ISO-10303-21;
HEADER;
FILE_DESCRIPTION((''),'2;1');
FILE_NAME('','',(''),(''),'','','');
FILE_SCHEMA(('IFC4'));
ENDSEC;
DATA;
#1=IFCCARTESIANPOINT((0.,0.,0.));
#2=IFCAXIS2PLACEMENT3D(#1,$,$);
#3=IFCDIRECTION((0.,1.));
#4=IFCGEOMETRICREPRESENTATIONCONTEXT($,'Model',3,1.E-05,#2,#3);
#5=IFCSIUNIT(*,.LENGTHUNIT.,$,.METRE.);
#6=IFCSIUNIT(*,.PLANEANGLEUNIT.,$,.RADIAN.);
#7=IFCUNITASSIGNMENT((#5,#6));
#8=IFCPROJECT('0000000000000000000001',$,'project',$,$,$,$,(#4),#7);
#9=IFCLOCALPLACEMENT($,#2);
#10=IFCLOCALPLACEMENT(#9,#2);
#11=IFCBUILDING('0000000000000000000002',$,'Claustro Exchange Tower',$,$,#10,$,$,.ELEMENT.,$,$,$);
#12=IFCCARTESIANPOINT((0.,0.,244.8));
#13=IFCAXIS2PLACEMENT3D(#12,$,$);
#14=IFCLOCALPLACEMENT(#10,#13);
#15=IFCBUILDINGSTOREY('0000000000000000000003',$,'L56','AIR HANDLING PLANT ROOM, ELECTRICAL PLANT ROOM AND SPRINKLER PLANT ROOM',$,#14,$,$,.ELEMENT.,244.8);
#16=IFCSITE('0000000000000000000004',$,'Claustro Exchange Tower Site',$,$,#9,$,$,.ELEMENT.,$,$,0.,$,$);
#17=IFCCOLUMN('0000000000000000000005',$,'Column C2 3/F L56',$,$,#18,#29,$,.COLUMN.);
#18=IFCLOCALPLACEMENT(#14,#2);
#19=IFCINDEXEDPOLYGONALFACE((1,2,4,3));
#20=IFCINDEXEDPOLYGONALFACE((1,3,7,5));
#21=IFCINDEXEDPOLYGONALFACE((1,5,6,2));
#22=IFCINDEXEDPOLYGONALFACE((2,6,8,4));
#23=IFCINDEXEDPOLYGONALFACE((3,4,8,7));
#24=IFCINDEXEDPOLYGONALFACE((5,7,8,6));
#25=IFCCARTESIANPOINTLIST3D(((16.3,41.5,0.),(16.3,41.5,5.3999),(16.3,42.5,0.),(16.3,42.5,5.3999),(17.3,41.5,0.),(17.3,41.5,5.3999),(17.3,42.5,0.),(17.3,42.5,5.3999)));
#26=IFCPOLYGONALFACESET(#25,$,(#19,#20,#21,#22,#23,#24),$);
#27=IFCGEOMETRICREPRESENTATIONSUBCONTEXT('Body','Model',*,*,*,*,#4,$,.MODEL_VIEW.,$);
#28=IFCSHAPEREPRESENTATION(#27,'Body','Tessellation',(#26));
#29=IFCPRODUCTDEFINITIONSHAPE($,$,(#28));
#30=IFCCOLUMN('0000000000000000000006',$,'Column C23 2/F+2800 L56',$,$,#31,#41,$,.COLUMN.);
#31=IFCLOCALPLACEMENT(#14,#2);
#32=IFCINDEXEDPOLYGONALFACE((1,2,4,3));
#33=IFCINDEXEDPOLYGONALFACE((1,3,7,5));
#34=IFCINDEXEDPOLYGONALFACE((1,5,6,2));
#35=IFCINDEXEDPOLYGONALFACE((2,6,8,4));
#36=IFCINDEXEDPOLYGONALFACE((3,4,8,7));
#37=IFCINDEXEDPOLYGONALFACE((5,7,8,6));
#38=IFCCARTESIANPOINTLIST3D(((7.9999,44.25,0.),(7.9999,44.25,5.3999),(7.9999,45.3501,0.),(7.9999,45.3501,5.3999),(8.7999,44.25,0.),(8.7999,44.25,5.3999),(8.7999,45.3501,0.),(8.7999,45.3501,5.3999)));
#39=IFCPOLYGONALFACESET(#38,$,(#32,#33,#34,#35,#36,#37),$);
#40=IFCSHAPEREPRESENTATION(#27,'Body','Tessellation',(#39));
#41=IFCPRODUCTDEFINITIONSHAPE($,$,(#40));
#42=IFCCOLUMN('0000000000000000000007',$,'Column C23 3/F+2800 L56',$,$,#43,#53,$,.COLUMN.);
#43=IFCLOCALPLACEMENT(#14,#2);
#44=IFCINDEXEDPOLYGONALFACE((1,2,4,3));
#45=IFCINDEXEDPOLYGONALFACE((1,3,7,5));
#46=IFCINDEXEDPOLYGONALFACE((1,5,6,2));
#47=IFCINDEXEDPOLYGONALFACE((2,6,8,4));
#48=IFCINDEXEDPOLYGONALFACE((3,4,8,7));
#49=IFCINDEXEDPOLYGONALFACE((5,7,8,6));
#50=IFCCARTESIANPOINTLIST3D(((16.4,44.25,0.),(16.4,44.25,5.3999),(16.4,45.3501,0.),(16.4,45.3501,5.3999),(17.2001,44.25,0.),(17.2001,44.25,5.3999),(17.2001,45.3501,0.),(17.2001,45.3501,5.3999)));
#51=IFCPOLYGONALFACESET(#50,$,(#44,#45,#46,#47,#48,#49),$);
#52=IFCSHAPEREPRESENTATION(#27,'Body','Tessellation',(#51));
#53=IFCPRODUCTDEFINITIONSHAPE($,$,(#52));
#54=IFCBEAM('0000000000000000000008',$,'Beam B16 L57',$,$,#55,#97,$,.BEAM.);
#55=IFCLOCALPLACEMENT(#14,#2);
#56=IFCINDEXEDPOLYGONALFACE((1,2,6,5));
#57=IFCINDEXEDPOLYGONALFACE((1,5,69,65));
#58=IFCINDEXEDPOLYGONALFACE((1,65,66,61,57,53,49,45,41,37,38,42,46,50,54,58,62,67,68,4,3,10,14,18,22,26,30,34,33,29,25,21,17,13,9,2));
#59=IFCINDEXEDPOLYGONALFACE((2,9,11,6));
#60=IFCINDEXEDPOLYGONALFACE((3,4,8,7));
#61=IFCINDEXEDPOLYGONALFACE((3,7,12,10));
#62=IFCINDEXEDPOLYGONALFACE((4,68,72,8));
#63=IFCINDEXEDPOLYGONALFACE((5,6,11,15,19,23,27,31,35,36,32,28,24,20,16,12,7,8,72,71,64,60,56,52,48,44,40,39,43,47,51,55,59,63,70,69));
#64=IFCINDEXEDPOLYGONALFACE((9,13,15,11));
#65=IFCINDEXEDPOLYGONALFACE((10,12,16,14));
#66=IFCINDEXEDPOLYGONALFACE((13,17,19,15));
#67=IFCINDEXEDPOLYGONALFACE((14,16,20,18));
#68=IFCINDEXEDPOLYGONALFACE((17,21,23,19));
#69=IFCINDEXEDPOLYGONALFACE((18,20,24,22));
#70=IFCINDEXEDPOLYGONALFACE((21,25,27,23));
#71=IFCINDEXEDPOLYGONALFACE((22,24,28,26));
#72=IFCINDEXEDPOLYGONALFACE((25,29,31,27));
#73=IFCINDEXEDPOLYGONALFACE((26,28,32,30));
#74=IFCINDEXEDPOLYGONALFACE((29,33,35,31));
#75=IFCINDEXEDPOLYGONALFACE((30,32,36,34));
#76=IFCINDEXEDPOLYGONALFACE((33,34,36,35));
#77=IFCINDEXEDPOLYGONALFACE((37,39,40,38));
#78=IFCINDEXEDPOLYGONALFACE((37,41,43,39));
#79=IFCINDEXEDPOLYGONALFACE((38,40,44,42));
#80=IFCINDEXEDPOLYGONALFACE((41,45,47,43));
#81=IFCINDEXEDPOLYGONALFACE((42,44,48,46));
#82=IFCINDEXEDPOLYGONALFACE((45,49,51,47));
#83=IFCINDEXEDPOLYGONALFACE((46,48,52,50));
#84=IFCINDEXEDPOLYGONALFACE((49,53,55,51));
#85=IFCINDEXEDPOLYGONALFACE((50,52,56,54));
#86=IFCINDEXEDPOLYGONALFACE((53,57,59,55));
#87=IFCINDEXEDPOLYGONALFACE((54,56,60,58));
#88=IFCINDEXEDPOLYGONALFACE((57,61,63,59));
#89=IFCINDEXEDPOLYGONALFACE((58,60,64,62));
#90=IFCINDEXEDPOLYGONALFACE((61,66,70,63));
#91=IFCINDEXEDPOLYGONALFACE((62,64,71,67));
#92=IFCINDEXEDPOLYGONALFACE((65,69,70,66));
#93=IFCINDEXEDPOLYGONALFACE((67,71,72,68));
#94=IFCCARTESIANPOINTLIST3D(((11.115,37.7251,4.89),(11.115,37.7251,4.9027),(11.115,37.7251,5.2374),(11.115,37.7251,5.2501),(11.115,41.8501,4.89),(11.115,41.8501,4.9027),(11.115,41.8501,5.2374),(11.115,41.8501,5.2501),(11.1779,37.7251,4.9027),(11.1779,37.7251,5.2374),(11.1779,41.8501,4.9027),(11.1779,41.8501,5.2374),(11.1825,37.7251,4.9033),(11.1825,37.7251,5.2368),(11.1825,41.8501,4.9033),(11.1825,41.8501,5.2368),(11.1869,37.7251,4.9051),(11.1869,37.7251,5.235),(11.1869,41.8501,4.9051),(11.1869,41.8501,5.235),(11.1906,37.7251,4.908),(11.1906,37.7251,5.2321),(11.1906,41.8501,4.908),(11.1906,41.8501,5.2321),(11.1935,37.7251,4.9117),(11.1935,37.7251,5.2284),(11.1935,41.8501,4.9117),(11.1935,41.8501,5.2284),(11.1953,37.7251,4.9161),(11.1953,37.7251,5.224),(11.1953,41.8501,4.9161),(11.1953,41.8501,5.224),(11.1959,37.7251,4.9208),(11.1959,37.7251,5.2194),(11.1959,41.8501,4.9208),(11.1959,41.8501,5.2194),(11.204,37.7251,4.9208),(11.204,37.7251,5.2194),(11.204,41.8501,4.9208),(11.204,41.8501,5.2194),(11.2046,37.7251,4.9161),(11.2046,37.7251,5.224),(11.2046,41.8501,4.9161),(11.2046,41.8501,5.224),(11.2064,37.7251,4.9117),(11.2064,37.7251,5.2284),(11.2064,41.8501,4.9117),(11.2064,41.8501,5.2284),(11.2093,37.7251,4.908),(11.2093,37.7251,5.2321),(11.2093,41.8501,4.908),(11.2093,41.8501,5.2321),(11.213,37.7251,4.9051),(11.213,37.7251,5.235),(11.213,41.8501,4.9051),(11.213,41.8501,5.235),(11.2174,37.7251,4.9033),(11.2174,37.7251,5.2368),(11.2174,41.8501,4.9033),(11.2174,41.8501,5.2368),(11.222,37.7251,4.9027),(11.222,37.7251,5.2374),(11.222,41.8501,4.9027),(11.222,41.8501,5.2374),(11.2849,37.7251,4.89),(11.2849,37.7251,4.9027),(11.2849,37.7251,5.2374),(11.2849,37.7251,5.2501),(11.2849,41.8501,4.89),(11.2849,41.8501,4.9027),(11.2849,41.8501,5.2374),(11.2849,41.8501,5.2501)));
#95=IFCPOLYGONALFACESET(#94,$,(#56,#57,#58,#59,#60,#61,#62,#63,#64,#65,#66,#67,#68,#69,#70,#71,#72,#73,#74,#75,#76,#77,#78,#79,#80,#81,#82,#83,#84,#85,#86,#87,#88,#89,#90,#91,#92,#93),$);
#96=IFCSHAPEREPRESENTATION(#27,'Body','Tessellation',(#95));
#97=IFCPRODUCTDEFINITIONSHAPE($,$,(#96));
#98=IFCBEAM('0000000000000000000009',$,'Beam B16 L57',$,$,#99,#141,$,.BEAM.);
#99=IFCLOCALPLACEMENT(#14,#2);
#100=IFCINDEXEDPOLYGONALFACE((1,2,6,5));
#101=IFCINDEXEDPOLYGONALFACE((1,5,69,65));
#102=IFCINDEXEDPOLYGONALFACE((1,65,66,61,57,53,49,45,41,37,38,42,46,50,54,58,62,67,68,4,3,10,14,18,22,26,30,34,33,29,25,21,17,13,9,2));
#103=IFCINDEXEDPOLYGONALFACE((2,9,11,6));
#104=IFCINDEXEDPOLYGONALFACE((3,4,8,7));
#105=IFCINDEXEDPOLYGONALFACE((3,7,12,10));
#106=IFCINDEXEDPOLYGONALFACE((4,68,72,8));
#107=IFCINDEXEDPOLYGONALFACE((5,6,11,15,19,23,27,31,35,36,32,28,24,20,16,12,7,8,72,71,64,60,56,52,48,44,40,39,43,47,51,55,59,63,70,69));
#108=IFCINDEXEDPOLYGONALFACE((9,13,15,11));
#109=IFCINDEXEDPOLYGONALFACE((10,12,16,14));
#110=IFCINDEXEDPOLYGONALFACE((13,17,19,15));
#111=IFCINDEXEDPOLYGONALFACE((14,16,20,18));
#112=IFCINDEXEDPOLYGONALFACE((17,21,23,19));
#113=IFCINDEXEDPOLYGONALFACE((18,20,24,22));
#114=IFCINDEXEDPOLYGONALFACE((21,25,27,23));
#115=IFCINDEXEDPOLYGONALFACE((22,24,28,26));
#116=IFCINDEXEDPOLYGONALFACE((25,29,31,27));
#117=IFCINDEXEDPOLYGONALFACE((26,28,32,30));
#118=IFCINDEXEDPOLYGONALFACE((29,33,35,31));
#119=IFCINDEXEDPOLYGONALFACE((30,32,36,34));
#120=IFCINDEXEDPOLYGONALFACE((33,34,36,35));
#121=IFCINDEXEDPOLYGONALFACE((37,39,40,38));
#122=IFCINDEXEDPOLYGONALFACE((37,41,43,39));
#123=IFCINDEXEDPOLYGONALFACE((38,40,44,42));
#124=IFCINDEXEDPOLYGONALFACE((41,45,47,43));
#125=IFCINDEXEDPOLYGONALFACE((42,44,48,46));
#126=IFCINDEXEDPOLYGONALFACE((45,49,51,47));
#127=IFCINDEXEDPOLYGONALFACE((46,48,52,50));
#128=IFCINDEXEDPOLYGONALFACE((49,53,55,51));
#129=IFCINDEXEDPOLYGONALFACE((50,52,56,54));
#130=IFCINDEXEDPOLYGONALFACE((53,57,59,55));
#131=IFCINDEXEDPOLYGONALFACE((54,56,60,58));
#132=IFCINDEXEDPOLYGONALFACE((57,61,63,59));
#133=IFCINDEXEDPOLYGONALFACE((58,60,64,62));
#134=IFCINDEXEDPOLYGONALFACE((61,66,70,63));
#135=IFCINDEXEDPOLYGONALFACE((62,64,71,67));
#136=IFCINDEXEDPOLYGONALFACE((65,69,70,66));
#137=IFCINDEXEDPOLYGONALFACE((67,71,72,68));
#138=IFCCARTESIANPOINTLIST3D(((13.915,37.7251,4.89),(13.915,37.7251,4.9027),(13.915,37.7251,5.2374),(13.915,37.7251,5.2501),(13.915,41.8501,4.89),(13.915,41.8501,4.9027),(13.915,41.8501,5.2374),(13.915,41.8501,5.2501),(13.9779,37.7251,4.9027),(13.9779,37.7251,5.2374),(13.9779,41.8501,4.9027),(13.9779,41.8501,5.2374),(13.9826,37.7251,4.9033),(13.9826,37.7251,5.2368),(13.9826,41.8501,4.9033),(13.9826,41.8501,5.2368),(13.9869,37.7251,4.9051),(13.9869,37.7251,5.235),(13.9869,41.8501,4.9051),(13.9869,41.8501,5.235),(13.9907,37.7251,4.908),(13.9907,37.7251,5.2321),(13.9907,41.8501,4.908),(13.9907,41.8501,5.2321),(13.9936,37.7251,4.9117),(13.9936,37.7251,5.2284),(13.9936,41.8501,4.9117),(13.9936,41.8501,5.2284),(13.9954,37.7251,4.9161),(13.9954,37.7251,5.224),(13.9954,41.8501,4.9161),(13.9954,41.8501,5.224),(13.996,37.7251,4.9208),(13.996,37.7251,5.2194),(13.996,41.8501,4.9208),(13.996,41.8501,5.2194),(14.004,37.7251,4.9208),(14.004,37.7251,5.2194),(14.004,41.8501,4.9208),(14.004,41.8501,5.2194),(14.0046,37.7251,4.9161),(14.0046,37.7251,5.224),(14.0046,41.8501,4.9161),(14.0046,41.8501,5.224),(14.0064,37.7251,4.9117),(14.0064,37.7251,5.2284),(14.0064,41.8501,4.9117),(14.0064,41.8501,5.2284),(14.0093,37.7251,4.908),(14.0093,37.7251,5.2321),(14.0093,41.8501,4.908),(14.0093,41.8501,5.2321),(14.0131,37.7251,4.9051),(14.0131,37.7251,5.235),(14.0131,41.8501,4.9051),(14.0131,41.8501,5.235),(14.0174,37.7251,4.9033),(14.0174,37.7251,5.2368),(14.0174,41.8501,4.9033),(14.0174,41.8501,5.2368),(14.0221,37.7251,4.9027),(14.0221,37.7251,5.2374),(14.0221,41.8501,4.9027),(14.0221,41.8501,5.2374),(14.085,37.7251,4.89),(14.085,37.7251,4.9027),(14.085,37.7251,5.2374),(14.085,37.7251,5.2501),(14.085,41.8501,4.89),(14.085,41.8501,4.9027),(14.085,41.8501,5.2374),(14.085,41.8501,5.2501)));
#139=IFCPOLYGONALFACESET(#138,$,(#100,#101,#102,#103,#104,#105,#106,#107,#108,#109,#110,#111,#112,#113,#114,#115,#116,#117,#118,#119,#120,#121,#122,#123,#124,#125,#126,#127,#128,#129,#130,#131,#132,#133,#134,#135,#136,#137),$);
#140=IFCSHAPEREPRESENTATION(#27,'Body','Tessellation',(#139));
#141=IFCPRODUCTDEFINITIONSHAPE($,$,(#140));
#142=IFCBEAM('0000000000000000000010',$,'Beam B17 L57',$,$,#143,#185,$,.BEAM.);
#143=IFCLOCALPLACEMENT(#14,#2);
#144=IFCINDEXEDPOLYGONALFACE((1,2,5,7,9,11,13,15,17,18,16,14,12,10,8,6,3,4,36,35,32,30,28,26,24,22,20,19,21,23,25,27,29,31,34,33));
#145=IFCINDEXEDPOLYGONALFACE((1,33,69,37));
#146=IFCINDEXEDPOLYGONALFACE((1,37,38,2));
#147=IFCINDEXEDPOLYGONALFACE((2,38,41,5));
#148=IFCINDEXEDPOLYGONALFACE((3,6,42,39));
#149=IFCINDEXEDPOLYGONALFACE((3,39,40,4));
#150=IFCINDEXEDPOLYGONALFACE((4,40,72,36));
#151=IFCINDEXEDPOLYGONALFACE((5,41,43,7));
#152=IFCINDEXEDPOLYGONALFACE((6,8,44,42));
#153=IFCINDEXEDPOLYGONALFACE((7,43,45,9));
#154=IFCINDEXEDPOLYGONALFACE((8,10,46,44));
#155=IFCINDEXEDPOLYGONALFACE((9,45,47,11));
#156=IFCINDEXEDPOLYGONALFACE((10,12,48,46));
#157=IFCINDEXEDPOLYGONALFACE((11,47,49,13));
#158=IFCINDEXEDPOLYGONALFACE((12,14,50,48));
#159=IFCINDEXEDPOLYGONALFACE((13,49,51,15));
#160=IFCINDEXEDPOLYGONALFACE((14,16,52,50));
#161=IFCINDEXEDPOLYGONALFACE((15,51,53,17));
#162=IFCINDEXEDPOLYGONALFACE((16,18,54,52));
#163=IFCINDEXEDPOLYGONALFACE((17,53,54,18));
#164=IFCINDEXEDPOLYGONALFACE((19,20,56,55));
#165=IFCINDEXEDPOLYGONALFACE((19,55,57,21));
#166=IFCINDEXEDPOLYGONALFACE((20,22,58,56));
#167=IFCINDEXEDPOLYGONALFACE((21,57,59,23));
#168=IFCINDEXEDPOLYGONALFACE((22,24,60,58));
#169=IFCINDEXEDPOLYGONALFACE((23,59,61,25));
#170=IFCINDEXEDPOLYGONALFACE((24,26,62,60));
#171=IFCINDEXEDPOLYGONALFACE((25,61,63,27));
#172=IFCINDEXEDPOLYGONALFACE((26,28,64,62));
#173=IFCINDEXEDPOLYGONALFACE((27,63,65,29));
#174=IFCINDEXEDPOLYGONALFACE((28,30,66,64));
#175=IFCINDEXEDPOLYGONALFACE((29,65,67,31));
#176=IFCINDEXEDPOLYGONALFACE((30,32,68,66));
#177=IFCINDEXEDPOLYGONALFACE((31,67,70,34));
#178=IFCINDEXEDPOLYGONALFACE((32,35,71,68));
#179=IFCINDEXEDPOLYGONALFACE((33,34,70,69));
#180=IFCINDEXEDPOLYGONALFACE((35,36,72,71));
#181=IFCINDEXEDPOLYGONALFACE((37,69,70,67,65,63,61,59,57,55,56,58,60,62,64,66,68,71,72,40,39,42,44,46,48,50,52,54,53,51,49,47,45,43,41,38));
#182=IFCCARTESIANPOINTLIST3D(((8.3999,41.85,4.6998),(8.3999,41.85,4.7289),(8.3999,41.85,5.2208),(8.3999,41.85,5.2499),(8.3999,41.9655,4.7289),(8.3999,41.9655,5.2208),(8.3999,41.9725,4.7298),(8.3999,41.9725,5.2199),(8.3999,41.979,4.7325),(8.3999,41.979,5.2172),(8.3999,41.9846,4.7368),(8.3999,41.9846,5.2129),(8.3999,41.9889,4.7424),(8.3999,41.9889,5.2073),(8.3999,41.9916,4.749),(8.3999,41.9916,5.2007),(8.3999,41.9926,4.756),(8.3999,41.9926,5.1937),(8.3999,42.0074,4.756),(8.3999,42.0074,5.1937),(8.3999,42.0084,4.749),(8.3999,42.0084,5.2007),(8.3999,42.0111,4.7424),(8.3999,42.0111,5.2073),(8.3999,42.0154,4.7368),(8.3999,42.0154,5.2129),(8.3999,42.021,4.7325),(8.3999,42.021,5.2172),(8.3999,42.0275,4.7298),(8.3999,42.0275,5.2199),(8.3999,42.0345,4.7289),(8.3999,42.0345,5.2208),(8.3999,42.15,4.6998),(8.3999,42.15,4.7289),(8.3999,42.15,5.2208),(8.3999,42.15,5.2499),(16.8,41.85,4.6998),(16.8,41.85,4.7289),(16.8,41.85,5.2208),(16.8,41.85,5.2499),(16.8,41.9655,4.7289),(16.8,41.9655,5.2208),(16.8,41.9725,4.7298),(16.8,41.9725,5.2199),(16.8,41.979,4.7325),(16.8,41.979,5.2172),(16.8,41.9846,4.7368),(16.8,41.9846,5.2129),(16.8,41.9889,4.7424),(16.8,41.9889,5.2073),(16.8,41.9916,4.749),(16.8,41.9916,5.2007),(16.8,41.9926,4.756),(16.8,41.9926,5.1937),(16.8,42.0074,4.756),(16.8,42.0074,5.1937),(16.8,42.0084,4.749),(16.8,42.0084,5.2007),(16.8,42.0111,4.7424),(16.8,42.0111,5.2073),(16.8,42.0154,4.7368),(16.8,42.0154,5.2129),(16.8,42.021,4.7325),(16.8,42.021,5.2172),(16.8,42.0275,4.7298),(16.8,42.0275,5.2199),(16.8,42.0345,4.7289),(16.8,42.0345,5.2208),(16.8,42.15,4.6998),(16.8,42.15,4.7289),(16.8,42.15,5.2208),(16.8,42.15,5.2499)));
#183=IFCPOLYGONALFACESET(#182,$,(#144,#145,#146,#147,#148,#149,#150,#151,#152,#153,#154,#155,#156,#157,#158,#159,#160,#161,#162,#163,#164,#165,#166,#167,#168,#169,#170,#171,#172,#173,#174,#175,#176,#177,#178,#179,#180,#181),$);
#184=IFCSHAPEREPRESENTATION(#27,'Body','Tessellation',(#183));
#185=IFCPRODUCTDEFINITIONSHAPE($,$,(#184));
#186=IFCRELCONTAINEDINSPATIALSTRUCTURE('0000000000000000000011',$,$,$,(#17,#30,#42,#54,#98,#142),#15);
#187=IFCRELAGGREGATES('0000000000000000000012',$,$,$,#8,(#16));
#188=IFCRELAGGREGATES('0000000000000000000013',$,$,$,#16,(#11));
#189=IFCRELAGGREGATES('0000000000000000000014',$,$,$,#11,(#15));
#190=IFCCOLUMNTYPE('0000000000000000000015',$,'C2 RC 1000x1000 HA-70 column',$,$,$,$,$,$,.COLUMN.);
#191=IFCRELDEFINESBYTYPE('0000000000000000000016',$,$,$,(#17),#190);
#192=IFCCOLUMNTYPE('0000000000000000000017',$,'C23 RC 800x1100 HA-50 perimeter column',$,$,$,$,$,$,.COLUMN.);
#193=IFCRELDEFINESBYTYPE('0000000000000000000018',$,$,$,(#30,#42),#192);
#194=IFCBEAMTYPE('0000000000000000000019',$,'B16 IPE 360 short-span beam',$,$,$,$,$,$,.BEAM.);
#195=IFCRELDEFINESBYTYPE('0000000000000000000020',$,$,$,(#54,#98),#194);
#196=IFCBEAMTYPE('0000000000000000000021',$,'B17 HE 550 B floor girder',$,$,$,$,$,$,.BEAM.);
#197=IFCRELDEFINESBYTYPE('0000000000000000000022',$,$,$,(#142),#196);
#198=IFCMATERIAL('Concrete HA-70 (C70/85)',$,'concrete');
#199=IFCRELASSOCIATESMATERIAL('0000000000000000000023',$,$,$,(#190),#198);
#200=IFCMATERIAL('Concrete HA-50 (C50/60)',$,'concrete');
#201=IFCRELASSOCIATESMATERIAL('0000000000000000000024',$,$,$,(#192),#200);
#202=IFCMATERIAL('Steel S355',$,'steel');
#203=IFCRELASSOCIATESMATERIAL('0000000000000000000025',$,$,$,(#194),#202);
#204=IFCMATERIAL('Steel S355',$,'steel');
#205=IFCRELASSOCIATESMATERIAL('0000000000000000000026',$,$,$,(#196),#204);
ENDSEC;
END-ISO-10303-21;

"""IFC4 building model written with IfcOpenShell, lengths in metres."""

from ifc_helpers import new_model, si_unit, direction, frame, origin, origin_2d, place, context, subcontext, project, spatial, rectangle, i_section, extrude, material, material_profile, profile_set, type_object, element, save


model = new_model("IFC4")

# Units and contexts
model_context = context("Model", 3, precision=1e-05, world=origin(), true_north=direction((0.0, 1.0)))
body_context = subcontext(model_context, "Body", "Model", "MODEL_VIEW")
ifc_project = project(units=[si_unit("LENGTHUNIT", "METRE"), si_unit("PLANEANGLEUNIT", "RADIAN")], contexts=[model_context])

# Site, building, storey
site_placement = place(None, origin())
site = spatial("IfcSite", under=ifc_project, at=site_placement, Name="Claustro Exchange Tower Site", CompositionType="ELEMENT", RefElevation=0.0)
building_placement = place(site_placement, origin())
building = spatial("IfcBuilding", under=site, at=building_placement, Name="Claustro Exchange Tower", CompositionType="ELEMENT")
storey_placement = place(building_placement, frame((0.0, 0.0, 244.8)))
storey = spatial("IfcBuildingStorey", under=building, at=storey_placement, Name="L56", Description="AIR HANDLING PLANT ROOM, ELECTRICAL PLANT ROOM AND SPRINKLER PLANT ROOM", CompositionType="ELEMENT", Elevation=244.8)

# Columns
ifc_material_1 = material(Name="Concrete HA-70 (C70/85)", Category="concrete")
ifc_material_profile_1 = material_profile(ifc_material_1, rectangle(XDim=1.0, YDim=1.0, at=origin_2d()), Name="RC 1000x1000")
ifc_profile_set_1 = profile_set([ifc_material_profile_1], Name="Concrete HA-70 (C70/85)")
column_type_1 = type_object("IfcColumnType", Name="C2 RC 1000x1000 HA-70 column", PredefinedType="COLUMN", material=ifc_profile_set_1)
column_placement = place(storey_placement, frame((16.8, 42.0, 0.0), z_axis=(0.0, 0.0, 1.0), x_axis=(1.0, 0.0, 0.0)))
element("IfcColumn", 1, at=column_placement, inside=storey, type_object=column_type_1, Name="Column C2 3/F L56", PredefinedType="COLUMN", context=body_context, shape_type="SweptSolid", body=[
    extrude(rectangle(XDim=1.0, YDim=1.0, at=origin_2d()), origin(), (0.0, 0.0, 1.0), 5.3999),
])
ifc_material_2 = material(Name="Concrete HA-50 (C50/60)", Category="concrete")
ifc_material_profile_2 = material_profile(ifc_material_2, rectangle(XDim=0.8, YDim=1.1001, at=origin_2d()), Name="RC 800x1100")
ifc_profile_set_2 = profile_set([ifc_material_profile_2], Name="Concrete HA-50 (C50/60)")
column_type_2 = type_object("IfcColumnType", Name="C23 RC 800x1100 HA-50 perimeter column", PredefinedType="COLUMN", material=ifc_profile_set_2)
for number, where, z_axis, x_axis, name in (
    (2, (8.3999, 44.8, 0.0), (0.0, 0.0, 1.0), (1.0, 0.0, 0.0), "Column C23 2/F+2800 L56"),
    (3, (16.8, 44.8, 0.0), (0.0, 0.0, 1.0), (1.0, 0.0, 0.0), "Column C23 3/F+2800 L56"),
):
    element("IfcColumn", number, at=place(storey_placement, frame(where, z_axis=z_axis, x_axis=x_axis)), inside=storey, type_object=column_type_2, Name=name, PredefinedType="COLUMN", context=body_context, shape_type="SweptSolid", body=[
        extrude(rectangle(XDim=0.8, YDim=1.1001, at=origin_2d()), origin(), (0.0, 0.0, 1.0), 5.3999),
    ])

# Beams
ifc_material_3 = material(Name="Steel S355", Category="steel")
ifc_material_profile_3 = material_profile(ifc_material_3, i_section(OverallWidth=0.1699, OverallDepth=0.3601, WebThickness=0.0081, FlangeThickness=0.0127, FilletRadius=0.0181, at=origin_2d()), Name="IPE 360")
ifc_profile_set_3 = profile_set([ifc_material_profile_3], Name="Steel S355")
beam_type_1 = type_object("IfcBeamType", Name="B16 IPE 360 short-span beam", PredefinedType="BEAM", material=ifc_profile_set_3)
for number, where, z_axis, x_axis, name in (
    (4, (11.2, 37.7251, 5.0701), (0.0, 1.0, 0.0), (-1.0, 0.0, 0.0), "Beam B16 L57"),
    (5, (14.0, 37.7251, 5.0701), (0.0, 1.0, 0.0), (-1.0, 0.0, 0.0), "Beam B16 L57"),
):
    element("IfcBeam", number, at=place(storey_placement, frame(where, z_axis=z_axis, x_axis=x_axis)), inside=storey, type_object=beam_type_1, Name=name, PredefinedType="BEAM", context=body_context, shape_type="SweptSolid", body=[
        extrude(i_section(OverallWidth=0.1699, OverallDepth=0.3601, WebThickness=0.0081, FlangeThickness=0.0127, FilletRadius=0.0181, at=origin_2d()), origin(), (0.0, 0.0, 1.0), 4.125),
    ])
ifc_material_4 = material(Name="Steel S355", Category="steel")
ifc_material_profile_4 = material_profile(ifc_material_4, i_section(OverallWidth=0.3, OverallDepth=0.55, WebThickness=0.0149, FlangeThickness=0.0291, FilletRadius=0.0271, at=origin_2d()), Name="HE 550 B")
ifc_profile_set_4 = profile_set([ifc_material_profile_4], Name="Steel S355")
beam_type_2 = type_object("IfcBeamType", Name="B17 HE 550 B floor girder", PredefinedType="BEAM", material=ifc_profile_set_4)
beam_1_placement = place(storey_placement, frame((8.3999, 42.0, 4.9749), z_axis=(1.0, 0.0, 0.0), x_axis=(0.0, 1.0, 0.0)))
element("IfcBeam", 6, at=beam_1_placement, inside=storey, type_object=beam_type_2, Name="Beam B17 L57", PredefinedType="BEAM", context=body_context, shape_type="SweptSolid", body=[
    extrude(i_section(OverallWidth=0.3, OverallDepth=0.55, WebThickness=0.0149, FlangeThickness=0.0291, FilletRadius=0.0271, at=origin_2d()), origin(), (0.0, 0.0, 1.0), 8.4001),
])

save(model, "model.ifc")
